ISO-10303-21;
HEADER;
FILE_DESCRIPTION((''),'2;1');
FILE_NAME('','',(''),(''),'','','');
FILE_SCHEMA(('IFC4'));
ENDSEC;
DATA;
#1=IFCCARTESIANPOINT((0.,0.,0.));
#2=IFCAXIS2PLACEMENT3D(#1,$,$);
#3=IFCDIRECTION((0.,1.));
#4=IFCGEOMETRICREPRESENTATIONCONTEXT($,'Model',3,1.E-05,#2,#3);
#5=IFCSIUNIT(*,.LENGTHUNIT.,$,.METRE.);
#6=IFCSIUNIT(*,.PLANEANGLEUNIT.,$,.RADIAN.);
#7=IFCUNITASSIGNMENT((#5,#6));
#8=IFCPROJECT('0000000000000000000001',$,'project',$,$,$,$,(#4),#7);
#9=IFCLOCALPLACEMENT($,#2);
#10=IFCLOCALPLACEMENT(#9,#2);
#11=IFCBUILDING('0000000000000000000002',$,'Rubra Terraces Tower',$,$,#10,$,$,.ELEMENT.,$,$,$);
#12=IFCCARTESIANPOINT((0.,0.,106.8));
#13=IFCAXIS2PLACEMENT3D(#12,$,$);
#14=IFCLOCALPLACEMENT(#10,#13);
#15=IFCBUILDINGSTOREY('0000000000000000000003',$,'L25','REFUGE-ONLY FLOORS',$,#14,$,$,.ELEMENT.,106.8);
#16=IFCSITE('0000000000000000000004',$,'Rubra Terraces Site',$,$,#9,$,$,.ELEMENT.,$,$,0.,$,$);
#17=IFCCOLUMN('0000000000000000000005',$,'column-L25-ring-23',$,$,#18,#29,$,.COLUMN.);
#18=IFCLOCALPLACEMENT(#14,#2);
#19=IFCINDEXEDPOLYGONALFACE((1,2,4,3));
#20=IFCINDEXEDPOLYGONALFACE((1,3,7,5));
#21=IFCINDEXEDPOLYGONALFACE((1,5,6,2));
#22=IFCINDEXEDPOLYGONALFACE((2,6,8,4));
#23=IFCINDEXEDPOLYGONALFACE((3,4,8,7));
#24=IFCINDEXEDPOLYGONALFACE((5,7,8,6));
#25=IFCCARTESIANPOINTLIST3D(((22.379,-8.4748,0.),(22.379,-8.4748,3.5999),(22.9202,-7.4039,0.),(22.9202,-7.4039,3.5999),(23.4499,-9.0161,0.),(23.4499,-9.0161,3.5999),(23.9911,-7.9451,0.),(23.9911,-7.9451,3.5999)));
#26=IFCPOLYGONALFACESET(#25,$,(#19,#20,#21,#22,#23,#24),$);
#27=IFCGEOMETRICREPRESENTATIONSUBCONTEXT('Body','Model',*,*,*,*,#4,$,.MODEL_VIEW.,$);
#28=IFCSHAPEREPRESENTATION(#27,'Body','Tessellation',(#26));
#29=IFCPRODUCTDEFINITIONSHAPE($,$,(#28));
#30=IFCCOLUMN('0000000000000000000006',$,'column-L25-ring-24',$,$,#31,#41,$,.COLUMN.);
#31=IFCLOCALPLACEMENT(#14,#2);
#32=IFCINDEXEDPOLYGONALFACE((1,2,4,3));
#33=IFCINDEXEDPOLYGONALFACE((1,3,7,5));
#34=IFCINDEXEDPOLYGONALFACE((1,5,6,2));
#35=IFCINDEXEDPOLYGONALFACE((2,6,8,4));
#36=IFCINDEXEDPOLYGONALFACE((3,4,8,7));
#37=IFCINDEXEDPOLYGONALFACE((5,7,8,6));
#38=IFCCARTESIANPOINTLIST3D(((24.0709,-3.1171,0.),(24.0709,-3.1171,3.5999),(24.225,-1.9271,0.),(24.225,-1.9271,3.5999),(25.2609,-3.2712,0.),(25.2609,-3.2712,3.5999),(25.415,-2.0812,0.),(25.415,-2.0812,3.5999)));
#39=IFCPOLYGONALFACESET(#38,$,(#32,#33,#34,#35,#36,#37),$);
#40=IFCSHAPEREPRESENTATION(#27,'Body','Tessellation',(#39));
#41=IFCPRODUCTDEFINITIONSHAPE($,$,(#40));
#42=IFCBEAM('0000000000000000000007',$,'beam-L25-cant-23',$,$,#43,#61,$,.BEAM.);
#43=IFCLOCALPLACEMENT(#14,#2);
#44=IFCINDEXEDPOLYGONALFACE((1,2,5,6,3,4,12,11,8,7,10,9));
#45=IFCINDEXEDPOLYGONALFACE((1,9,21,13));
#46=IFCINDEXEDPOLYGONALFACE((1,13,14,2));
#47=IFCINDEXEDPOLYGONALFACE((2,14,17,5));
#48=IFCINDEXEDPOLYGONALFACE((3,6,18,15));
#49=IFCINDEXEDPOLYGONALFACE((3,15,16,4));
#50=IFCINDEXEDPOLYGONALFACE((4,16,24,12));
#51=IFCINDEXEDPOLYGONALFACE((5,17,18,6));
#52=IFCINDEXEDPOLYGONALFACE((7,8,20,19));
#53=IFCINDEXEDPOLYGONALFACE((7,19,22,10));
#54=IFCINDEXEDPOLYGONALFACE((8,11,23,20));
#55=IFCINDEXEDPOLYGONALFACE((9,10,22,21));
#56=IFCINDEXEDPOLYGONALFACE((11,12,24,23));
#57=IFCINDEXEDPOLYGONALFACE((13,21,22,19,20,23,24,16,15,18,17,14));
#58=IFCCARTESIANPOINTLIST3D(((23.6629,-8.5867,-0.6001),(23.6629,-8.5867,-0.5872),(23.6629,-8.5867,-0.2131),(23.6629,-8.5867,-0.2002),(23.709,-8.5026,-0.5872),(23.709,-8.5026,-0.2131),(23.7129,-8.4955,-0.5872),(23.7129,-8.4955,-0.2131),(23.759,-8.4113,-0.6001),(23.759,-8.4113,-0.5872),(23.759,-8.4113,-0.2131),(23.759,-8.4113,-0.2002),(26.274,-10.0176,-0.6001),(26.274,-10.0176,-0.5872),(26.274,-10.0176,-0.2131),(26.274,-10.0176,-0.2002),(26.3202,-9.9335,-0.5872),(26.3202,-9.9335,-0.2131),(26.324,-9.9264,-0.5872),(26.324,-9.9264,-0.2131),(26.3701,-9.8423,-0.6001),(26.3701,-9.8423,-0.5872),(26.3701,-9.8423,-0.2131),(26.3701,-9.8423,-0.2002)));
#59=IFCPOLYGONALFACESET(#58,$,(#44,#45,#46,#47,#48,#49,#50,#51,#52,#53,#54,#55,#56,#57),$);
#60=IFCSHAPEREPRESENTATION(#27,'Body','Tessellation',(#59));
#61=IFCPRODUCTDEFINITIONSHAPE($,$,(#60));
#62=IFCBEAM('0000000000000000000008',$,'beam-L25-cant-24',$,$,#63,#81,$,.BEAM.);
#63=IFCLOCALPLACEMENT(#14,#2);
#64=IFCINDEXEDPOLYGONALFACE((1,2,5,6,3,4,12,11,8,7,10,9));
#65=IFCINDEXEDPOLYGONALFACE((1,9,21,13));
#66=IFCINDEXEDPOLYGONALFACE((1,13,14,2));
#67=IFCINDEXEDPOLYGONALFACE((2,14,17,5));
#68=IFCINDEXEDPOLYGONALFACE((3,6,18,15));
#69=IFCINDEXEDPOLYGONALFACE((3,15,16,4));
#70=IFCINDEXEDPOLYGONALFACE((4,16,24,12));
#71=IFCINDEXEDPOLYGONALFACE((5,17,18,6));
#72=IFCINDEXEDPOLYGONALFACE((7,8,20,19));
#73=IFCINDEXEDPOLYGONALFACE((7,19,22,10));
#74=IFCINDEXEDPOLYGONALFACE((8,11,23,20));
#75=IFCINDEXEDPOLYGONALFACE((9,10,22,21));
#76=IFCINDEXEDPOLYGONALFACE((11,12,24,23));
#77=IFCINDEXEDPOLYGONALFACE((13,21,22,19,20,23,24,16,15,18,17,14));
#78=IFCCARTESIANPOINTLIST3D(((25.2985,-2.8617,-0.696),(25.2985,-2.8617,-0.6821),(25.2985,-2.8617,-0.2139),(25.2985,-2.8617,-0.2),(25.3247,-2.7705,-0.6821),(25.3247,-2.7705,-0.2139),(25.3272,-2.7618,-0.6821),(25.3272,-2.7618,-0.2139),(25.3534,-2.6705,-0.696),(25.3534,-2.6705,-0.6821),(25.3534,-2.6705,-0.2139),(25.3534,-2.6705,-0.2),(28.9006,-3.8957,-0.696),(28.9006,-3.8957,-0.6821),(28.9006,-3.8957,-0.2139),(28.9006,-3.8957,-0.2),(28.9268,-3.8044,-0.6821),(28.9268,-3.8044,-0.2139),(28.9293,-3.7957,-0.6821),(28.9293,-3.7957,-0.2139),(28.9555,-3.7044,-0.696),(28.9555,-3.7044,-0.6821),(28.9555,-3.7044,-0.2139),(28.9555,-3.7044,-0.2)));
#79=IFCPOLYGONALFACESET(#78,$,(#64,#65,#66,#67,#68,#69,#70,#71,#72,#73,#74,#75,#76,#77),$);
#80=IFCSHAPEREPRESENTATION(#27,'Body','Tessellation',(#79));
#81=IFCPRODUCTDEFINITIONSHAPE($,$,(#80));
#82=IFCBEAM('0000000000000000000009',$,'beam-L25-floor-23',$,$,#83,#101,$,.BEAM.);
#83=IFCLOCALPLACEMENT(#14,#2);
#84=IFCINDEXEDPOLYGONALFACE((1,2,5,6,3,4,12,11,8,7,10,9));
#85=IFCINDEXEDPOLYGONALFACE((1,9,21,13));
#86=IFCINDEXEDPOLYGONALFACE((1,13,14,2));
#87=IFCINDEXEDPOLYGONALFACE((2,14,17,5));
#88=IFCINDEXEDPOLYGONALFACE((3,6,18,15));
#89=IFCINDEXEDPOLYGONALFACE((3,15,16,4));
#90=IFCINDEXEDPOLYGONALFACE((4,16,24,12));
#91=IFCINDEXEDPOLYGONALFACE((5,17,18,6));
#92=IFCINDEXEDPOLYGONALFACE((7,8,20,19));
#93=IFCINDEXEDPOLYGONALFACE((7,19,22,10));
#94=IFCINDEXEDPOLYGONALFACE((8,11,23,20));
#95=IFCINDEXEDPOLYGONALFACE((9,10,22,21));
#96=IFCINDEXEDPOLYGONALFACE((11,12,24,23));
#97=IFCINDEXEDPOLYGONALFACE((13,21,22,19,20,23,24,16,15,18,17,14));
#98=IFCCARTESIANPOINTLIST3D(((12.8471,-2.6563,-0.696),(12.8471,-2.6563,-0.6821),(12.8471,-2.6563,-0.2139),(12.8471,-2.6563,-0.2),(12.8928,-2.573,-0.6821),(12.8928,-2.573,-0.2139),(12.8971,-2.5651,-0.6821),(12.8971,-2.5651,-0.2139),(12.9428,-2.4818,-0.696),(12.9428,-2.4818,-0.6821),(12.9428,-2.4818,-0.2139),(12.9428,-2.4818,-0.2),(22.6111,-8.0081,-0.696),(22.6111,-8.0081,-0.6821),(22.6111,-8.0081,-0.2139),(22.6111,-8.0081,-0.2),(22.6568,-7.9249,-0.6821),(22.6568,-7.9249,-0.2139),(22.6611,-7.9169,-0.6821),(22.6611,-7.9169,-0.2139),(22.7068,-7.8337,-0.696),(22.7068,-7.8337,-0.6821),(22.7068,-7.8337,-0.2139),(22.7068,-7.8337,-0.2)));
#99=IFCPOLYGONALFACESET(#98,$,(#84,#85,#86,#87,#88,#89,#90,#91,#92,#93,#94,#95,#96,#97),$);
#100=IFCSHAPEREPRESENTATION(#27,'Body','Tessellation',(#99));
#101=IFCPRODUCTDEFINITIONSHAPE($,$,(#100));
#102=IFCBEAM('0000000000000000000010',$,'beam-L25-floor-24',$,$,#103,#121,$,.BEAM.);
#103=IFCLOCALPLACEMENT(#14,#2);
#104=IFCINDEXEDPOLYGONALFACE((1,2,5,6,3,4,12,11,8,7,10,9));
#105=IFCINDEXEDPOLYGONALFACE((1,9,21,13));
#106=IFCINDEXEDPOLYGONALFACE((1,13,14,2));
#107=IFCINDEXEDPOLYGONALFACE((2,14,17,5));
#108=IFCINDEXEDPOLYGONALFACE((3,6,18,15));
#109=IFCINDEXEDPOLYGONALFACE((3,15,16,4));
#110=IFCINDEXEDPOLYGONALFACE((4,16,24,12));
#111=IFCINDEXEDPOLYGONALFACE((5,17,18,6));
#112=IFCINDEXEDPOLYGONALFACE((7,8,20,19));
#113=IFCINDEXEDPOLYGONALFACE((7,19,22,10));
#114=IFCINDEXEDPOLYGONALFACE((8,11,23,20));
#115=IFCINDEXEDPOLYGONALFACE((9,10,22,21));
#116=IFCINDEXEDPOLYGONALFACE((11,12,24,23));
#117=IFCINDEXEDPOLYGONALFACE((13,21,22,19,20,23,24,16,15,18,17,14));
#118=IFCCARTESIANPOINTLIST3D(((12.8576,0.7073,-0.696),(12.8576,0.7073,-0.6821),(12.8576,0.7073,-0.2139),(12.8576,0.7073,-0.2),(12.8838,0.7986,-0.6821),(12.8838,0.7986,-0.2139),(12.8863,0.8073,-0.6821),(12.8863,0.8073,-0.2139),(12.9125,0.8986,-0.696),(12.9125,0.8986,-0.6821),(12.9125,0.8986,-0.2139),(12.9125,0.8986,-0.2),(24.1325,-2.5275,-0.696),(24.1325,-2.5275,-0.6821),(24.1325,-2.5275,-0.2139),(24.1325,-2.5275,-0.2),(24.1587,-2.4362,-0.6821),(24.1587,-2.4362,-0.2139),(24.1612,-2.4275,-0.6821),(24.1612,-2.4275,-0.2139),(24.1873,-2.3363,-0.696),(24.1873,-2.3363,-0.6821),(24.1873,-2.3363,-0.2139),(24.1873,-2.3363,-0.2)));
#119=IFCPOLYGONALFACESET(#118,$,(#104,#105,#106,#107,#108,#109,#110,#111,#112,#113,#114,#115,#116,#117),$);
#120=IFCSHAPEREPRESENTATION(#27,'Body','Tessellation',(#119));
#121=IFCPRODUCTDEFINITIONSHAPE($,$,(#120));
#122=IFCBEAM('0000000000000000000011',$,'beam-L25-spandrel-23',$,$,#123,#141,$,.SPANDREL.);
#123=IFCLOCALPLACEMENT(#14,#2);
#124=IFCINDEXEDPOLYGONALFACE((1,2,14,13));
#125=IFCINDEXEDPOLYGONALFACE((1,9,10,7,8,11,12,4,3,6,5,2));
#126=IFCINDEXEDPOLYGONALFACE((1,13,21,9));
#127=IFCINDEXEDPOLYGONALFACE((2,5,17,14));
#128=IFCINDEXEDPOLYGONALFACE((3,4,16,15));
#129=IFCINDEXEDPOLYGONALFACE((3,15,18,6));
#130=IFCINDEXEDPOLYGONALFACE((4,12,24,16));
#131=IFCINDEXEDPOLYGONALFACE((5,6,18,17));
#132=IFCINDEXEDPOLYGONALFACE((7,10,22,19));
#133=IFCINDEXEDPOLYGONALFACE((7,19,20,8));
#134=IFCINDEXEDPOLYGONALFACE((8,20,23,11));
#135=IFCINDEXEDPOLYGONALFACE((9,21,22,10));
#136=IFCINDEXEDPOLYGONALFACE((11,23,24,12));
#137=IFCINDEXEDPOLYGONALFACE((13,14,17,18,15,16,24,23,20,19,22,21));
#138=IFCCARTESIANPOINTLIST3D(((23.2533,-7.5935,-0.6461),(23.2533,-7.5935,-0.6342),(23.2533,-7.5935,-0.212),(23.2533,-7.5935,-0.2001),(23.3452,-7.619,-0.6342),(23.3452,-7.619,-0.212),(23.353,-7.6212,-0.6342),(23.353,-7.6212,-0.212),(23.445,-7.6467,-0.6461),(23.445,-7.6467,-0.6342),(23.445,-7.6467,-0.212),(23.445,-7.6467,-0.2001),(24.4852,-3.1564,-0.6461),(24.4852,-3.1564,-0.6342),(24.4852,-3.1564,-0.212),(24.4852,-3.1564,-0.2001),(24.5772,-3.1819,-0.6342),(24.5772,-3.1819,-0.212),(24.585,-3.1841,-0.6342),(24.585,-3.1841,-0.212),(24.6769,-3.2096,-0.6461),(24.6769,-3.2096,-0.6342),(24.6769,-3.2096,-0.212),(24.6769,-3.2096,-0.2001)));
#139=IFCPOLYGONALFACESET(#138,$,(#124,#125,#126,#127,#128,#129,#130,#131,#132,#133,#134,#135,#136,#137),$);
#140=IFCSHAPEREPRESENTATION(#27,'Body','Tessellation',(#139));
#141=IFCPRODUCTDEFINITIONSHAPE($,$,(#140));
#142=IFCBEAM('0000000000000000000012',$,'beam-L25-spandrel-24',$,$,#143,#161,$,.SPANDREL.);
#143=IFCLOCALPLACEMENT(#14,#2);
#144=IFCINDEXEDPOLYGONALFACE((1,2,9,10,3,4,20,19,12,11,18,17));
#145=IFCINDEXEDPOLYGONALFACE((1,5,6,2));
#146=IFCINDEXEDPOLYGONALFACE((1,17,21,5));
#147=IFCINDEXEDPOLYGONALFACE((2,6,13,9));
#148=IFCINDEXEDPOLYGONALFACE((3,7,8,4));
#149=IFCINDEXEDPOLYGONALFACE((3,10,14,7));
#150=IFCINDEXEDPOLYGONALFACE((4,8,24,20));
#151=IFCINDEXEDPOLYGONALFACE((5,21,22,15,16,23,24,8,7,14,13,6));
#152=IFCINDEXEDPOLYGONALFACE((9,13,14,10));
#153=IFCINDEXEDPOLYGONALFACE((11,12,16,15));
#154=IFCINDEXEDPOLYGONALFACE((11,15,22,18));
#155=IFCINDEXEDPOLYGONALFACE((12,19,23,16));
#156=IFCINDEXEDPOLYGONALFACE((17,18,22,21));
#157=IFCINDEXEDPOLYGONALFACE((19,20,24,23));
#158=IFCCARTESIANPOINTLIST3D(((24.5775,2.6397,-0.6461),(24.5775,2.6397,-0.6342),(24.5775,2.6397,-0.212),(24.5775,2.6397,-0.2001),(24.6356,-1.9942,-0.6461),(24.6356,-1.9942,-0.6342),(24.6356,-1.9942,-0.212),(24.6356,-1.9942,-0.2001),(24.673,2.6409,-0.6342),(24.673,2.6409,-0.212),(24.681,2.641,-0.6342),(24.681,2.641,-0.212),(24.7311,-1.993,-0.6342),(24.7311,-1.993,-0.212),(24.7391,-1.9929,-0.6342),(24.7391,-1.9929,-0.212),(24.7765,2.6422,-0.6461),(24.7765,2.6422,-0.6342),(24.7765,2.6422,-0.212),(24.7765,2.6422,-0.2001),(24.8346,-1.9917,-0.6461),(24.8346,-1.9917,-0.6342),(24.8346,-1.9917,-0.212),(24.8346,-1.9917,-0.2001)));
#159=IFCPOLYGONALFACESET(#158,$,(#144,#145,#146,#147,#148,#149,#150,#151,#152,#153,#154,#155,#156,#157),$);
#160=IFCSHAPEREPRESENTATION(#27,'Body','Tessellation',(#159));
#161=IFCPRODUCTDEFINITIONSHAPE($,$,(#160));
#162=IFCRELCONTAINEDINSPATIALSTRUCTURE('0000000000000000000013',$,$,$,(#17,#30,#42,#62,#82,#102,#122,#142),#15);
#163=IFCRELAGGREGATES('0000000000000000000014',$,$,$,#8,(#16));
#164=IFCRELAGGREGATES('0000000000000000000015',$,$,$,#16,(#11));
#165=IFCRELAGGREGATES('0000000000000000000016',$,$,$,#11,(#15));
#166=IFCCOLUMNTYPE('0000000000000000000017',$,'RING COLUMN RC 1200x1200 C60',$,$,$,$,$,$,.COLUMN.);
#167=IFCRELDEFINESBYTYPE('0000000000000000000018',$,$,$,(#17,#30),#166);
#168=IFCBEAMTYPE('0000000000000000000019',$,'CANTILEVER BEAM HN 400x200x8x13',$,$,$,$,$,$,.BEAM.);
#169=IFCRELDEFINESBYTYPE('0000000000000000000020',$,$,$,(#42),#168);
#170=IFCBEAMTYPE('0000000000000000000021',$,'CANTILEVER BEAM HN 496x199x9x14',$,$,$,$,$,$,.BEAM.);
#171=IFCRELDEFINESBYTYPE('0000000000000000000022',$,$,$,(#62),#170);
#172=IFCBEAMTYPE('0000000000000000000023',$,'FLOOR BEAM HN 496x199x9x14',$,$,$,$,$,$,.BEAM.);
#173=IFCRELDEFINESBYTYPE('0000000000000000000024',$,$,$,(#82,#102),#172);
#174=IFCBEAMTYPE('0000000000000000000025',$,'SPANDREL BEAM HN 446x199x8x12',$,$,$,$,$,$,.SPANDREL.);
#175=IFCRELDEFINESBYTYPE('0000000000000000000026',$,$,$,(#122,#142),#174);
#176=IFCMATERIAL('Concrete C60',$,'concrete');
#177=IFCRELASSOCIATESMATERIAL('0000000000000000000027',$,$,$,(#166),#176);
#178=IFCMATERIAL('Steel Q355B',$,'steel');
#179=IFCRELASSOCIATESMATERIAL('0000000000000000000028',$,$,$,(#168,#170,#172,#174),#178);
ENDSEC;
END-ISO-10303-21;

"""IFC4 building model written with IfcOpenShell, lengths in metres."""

from ifc_helpers import new_model, si_unit, direction, frame, origin, origin_2d, place, context, subcontext, project, spatial, rectangle, i_section, extrude, material, material_profile, profile_set, type_object, element, save


model = new_model("IFC4")

# Units and contexts
model_context = context("Model", 3, precision=1e-05, world=origin(), true_north=direction((0.0, 1.0)))
body_context = subcontext(model_context, "Body", "Model", "MODEL_VIEW")
ifc_project = project(units=[si_unit("LENGTHUNIT", "METRE"), si_unit("PLANEANGLEUNIT", "RADIAN")], contexts=[model_context])

# Site, building, storey
site_placement = place(None, origin())
site = spatial("IfcSite", under=ifc_project, at=site_placement, Name="Rubra Terraces Site", CompositionType="ELEMENT", RefElevation=0.0)
building_placement = place(site_placement, origin())
building = spatial("IfcBuilding", under=site, at=building_placement, Name="Rubra Terraces Tower", CompositionType="ELEMENT")
storey_placement = place(building_placement, frame((0.0, 0.0, 106.8)))
storey = spatial("IfcBuildingStorey", under=building, at=storey_placement, Name="L25", Description="REFUGE-ONLY FLOORS", CompositionType="ELEMENT", Elevation=106.8)

# Columns
ifc_material_1 = material(Name="Concrete C60", Category="concrete")
ifc_material_profile_1 = material_profile(ifc_material_1, rectangle(XDim=1.2, YDim=1.2, at=origin_2d()), Name="RC 1200x1200")
ifc_profile_set_1 = profile_set([ifc_material_profile_1], Name="Concrete C60")
column_type = type_object("IfcColumnType", Name="RING COLUMN RC 1200x1200 C60", PredefinedType="COLUMN", material=ifc_profile_set_1)
for number, where, z_axis, x_axis, name in (
    (1, (23.1851, -8.21, 0.0), (0.0, 0.0, 1.0), (0.451028, 0.89251, 0.0), "column-L25-ring-23"),
    (2, (24.7429, -2.5991, 0.0), (0.0, 0.0, 1.0), (0.128444, 0.991717, 0.0), "column-L25-ring-24"),
):
    element("IfcColumn", number, at=place(storey_placement, frame(where, z_axis=z_axis, x_axis=x_axis)), inside=storey, type_object=column_type, Name=name, PredefinedType="COLUMN", context=body_context, shape_type="SweptSolid", body=[
        extrude(rectangle(XDim=1.2, YDim=1.2, at=origin_2d()), origin(), (0.0, 0.0, 1.0), 3.5999),
    ])

# Beams
ifc_material_2 = material(Name="Steel Q355B", Category="steel")
ifc_material_profile_2 = material_profile(ifc_material_2, i_section(OverallWidth=0.2, OverallDepth=0.3999, WebThickness=0.0081, FlangeThickness=0.0129, at=origin_2d()), Name="HN 400x200x8x13")
ifc_profile_set_2 = profile_set([ifc_material_profile_2], Name="Steel Q355B")
beam_type_1 = type_object("IfcBeamType", Name="CANTILEVER BEAM HN 400x200x8x13", PredefinedType="BEAM", material=ifc_profile_set_2)
beam_1_placement = place(storey_placement, frame((23.7109, -8.499, -0.4001), z_axis=(0.876951, -0.48058, 0.0), x_axis=(0.48058, 0.876951, 0.0)))
element("IfcBeam", 3, at=beam_1_placement, inside=storey, type_object=beam_type_1, Name="beam-L25-cant-23", PredefinedType="BEAM", context=body_context, shape_type="SweptSolid", body=[
    extrude(i_section(OverallWidth=0.2, OverallDepth=0.3999, WebThickness=0.0081, FlangeThickness=0.0129, at=origin_2d()), origin(), (0.0, 0.0, 1.0), 2.9775),
])
ifc_material_profile_3 = material_profile(ifc_material_2, i_section(OverallWidth=0.199, OverallDepth=0.4961, WebThickness=0.009, FlangeThickness=0.0139, at=origin_2d()), Name="HN 496x199x9x14")
ifc_profile_set_3 = profile_set([ifc_material_profile_3], Name="Steel Q355B")
beam_type_2 = type_object("IfcBeamType", Name="CANTILEVER BEAM HN 496x199x9x14", PredefinedType="BEAM", material=ifc_profile_set_3)
beam_2_placement = place(storey_placement, frame((25.3259, -2.7661, -0.448), z_axis=(0.961186, -0.2759, 0.0), x_axis=(0.2759, 0.961186, 0.0)))
element("IfcBeam", 4, at=beam_2_placement, inside=storey, type_object=beam_type_2, Name="beam-L25-cant-24", PredefinedType="BEAM", context=body_context, shape_type="SweptSolid", body=[
    extrude(i_section(OverallWidth=0.199, OverallDepth=0.4961, WebThickness=0.009, FlangeThickness=0.0139, at=origin_2d()), origin(), (0.0, 0.0, 1.0), 3.7476),
])
ifc_material_profile_4 = material_profile(ifc_material_2, i_section(OverallWidth=0.199, OverallDepth=0.4961, WebThickness=0.009, FlangeThickness=0.0139, at=origin_2d()), Name="HN 496x199x9x14")
ifc_profile_set_4 = profile_set([ifc_material_profile_4], Name="Steel Q355B")
beam_type_3 = type_object("IfcBeamType", Name="FLOOR BEAM HN 496x199x9x14", PredefinedType="BEAM", material=ifc_profile_set_4)
beam_3_placement = place(storey_placement, frame((22.6589, -7.9209, -0.448), z_axis=(-0.876911, 0.480653, 0.0), x_axis=(-0.480653, -0.876911, 0.0)))
element("IfcBeam", 5, at=beam_3_placement, inside=storey, type_object=beam_type_3, Name="beam-L25-floor-23", PredefinedType="BEAM", context=body_context, shape_type="SweptSolid", body=[
    extrude(i_section(OverallWidth=0.199, OverallDepth=0.4961, WebThickness=0.009, FlangeThickness=0.0139, at=origin_2d()), origin(), (0.0, 0.0, 1.0), 11.1345),
])
beam_4_placement = place(storey_placement, frame((24.1599, -2.4319, -0.448), z_axis=(-0.96122, 0.275782, 0.0), x_axis=(-0.275782, -0.96122, 0.0)))
element("IfcBeam", 6, at=beam_4_placement, inside=storey, type_object=beam_type_3, Name="beam-L25-floor-24", PredefinedType="BEAM", context=body_context, shape_type="SweptSolid", body=[
    extrude(i_section(OverallWidth=0.199, OverallDepth=0.4961, WebThickness=0.009, FlangeThickness=0.0139, at=origin_2d()), origin(), (0.0, 0.0, 1.0), 11.7297),
])
ifc_material_profile_5 = material_profile(ifc_material_2, i_section(OverallWidth=0.199, OverallDepth=0.446, WebThickness=0.0081, FlangeThickness=0.012, at=origin_2d()), Name="HN 446x199x8x12")
ifc_profile_set_5 = profile_set([ifc_material_profile_5], Name="Steel Q355B")
beam_type_4 = type_object("IfcBeamType", Name="SPANDREL BEAM HN 446x199x8x12", PredefinedType="SPANDREL", material=ifc_profile_set_5)
beam_5_placement = place(storey_placement, frame((23.3491, -7.6201, -0.4231), z_axis=(0.267529, 0.96355, 0.0), x_axis=(-0.96355, 0.267529, 0.0)))
element("IfcBeam", 7, at=beam_5_placement, inside=storey, type_object=beam_type_4, Name="beam-L25-spandrel-23", PredefinedType="SPANDREL", context=body_context, shape_type="SweptSolid", body=[
    extrude(i_section(OverallWidth=0.199, OverallDepth=0.446, WebThickness=0.0081, FlangeThickness=0.012, at=origin_2d()), origin(), (0.0, 0.0, 1.0), 4.605),
])
beam_6_placement = place(storey_placement, frame((24.7351, -1.9929, -0.4231), z_axis=(-0.012538, 0.999921, 0.0), x_axis=(-0.999921, -0.012538, 0.0)))
element("IfcBeam", 8, at=beam_6_placement, inside=storey, type_object=beam_type_4, Name="beam-L25-spandrel-24", PredefinedType="SPANDREL", context=body_context, shape_type="SweptSolid", body=[
    extrude(i_section(OverallWidth=0.199, OverallDepth=0.446, WebThickness=0.0081, FlangeThickness=0.012, at=origin_2d()), origin(), (0.0, 0.0, 1.0), 4.6343),
])

save(model, "model.ifc")
